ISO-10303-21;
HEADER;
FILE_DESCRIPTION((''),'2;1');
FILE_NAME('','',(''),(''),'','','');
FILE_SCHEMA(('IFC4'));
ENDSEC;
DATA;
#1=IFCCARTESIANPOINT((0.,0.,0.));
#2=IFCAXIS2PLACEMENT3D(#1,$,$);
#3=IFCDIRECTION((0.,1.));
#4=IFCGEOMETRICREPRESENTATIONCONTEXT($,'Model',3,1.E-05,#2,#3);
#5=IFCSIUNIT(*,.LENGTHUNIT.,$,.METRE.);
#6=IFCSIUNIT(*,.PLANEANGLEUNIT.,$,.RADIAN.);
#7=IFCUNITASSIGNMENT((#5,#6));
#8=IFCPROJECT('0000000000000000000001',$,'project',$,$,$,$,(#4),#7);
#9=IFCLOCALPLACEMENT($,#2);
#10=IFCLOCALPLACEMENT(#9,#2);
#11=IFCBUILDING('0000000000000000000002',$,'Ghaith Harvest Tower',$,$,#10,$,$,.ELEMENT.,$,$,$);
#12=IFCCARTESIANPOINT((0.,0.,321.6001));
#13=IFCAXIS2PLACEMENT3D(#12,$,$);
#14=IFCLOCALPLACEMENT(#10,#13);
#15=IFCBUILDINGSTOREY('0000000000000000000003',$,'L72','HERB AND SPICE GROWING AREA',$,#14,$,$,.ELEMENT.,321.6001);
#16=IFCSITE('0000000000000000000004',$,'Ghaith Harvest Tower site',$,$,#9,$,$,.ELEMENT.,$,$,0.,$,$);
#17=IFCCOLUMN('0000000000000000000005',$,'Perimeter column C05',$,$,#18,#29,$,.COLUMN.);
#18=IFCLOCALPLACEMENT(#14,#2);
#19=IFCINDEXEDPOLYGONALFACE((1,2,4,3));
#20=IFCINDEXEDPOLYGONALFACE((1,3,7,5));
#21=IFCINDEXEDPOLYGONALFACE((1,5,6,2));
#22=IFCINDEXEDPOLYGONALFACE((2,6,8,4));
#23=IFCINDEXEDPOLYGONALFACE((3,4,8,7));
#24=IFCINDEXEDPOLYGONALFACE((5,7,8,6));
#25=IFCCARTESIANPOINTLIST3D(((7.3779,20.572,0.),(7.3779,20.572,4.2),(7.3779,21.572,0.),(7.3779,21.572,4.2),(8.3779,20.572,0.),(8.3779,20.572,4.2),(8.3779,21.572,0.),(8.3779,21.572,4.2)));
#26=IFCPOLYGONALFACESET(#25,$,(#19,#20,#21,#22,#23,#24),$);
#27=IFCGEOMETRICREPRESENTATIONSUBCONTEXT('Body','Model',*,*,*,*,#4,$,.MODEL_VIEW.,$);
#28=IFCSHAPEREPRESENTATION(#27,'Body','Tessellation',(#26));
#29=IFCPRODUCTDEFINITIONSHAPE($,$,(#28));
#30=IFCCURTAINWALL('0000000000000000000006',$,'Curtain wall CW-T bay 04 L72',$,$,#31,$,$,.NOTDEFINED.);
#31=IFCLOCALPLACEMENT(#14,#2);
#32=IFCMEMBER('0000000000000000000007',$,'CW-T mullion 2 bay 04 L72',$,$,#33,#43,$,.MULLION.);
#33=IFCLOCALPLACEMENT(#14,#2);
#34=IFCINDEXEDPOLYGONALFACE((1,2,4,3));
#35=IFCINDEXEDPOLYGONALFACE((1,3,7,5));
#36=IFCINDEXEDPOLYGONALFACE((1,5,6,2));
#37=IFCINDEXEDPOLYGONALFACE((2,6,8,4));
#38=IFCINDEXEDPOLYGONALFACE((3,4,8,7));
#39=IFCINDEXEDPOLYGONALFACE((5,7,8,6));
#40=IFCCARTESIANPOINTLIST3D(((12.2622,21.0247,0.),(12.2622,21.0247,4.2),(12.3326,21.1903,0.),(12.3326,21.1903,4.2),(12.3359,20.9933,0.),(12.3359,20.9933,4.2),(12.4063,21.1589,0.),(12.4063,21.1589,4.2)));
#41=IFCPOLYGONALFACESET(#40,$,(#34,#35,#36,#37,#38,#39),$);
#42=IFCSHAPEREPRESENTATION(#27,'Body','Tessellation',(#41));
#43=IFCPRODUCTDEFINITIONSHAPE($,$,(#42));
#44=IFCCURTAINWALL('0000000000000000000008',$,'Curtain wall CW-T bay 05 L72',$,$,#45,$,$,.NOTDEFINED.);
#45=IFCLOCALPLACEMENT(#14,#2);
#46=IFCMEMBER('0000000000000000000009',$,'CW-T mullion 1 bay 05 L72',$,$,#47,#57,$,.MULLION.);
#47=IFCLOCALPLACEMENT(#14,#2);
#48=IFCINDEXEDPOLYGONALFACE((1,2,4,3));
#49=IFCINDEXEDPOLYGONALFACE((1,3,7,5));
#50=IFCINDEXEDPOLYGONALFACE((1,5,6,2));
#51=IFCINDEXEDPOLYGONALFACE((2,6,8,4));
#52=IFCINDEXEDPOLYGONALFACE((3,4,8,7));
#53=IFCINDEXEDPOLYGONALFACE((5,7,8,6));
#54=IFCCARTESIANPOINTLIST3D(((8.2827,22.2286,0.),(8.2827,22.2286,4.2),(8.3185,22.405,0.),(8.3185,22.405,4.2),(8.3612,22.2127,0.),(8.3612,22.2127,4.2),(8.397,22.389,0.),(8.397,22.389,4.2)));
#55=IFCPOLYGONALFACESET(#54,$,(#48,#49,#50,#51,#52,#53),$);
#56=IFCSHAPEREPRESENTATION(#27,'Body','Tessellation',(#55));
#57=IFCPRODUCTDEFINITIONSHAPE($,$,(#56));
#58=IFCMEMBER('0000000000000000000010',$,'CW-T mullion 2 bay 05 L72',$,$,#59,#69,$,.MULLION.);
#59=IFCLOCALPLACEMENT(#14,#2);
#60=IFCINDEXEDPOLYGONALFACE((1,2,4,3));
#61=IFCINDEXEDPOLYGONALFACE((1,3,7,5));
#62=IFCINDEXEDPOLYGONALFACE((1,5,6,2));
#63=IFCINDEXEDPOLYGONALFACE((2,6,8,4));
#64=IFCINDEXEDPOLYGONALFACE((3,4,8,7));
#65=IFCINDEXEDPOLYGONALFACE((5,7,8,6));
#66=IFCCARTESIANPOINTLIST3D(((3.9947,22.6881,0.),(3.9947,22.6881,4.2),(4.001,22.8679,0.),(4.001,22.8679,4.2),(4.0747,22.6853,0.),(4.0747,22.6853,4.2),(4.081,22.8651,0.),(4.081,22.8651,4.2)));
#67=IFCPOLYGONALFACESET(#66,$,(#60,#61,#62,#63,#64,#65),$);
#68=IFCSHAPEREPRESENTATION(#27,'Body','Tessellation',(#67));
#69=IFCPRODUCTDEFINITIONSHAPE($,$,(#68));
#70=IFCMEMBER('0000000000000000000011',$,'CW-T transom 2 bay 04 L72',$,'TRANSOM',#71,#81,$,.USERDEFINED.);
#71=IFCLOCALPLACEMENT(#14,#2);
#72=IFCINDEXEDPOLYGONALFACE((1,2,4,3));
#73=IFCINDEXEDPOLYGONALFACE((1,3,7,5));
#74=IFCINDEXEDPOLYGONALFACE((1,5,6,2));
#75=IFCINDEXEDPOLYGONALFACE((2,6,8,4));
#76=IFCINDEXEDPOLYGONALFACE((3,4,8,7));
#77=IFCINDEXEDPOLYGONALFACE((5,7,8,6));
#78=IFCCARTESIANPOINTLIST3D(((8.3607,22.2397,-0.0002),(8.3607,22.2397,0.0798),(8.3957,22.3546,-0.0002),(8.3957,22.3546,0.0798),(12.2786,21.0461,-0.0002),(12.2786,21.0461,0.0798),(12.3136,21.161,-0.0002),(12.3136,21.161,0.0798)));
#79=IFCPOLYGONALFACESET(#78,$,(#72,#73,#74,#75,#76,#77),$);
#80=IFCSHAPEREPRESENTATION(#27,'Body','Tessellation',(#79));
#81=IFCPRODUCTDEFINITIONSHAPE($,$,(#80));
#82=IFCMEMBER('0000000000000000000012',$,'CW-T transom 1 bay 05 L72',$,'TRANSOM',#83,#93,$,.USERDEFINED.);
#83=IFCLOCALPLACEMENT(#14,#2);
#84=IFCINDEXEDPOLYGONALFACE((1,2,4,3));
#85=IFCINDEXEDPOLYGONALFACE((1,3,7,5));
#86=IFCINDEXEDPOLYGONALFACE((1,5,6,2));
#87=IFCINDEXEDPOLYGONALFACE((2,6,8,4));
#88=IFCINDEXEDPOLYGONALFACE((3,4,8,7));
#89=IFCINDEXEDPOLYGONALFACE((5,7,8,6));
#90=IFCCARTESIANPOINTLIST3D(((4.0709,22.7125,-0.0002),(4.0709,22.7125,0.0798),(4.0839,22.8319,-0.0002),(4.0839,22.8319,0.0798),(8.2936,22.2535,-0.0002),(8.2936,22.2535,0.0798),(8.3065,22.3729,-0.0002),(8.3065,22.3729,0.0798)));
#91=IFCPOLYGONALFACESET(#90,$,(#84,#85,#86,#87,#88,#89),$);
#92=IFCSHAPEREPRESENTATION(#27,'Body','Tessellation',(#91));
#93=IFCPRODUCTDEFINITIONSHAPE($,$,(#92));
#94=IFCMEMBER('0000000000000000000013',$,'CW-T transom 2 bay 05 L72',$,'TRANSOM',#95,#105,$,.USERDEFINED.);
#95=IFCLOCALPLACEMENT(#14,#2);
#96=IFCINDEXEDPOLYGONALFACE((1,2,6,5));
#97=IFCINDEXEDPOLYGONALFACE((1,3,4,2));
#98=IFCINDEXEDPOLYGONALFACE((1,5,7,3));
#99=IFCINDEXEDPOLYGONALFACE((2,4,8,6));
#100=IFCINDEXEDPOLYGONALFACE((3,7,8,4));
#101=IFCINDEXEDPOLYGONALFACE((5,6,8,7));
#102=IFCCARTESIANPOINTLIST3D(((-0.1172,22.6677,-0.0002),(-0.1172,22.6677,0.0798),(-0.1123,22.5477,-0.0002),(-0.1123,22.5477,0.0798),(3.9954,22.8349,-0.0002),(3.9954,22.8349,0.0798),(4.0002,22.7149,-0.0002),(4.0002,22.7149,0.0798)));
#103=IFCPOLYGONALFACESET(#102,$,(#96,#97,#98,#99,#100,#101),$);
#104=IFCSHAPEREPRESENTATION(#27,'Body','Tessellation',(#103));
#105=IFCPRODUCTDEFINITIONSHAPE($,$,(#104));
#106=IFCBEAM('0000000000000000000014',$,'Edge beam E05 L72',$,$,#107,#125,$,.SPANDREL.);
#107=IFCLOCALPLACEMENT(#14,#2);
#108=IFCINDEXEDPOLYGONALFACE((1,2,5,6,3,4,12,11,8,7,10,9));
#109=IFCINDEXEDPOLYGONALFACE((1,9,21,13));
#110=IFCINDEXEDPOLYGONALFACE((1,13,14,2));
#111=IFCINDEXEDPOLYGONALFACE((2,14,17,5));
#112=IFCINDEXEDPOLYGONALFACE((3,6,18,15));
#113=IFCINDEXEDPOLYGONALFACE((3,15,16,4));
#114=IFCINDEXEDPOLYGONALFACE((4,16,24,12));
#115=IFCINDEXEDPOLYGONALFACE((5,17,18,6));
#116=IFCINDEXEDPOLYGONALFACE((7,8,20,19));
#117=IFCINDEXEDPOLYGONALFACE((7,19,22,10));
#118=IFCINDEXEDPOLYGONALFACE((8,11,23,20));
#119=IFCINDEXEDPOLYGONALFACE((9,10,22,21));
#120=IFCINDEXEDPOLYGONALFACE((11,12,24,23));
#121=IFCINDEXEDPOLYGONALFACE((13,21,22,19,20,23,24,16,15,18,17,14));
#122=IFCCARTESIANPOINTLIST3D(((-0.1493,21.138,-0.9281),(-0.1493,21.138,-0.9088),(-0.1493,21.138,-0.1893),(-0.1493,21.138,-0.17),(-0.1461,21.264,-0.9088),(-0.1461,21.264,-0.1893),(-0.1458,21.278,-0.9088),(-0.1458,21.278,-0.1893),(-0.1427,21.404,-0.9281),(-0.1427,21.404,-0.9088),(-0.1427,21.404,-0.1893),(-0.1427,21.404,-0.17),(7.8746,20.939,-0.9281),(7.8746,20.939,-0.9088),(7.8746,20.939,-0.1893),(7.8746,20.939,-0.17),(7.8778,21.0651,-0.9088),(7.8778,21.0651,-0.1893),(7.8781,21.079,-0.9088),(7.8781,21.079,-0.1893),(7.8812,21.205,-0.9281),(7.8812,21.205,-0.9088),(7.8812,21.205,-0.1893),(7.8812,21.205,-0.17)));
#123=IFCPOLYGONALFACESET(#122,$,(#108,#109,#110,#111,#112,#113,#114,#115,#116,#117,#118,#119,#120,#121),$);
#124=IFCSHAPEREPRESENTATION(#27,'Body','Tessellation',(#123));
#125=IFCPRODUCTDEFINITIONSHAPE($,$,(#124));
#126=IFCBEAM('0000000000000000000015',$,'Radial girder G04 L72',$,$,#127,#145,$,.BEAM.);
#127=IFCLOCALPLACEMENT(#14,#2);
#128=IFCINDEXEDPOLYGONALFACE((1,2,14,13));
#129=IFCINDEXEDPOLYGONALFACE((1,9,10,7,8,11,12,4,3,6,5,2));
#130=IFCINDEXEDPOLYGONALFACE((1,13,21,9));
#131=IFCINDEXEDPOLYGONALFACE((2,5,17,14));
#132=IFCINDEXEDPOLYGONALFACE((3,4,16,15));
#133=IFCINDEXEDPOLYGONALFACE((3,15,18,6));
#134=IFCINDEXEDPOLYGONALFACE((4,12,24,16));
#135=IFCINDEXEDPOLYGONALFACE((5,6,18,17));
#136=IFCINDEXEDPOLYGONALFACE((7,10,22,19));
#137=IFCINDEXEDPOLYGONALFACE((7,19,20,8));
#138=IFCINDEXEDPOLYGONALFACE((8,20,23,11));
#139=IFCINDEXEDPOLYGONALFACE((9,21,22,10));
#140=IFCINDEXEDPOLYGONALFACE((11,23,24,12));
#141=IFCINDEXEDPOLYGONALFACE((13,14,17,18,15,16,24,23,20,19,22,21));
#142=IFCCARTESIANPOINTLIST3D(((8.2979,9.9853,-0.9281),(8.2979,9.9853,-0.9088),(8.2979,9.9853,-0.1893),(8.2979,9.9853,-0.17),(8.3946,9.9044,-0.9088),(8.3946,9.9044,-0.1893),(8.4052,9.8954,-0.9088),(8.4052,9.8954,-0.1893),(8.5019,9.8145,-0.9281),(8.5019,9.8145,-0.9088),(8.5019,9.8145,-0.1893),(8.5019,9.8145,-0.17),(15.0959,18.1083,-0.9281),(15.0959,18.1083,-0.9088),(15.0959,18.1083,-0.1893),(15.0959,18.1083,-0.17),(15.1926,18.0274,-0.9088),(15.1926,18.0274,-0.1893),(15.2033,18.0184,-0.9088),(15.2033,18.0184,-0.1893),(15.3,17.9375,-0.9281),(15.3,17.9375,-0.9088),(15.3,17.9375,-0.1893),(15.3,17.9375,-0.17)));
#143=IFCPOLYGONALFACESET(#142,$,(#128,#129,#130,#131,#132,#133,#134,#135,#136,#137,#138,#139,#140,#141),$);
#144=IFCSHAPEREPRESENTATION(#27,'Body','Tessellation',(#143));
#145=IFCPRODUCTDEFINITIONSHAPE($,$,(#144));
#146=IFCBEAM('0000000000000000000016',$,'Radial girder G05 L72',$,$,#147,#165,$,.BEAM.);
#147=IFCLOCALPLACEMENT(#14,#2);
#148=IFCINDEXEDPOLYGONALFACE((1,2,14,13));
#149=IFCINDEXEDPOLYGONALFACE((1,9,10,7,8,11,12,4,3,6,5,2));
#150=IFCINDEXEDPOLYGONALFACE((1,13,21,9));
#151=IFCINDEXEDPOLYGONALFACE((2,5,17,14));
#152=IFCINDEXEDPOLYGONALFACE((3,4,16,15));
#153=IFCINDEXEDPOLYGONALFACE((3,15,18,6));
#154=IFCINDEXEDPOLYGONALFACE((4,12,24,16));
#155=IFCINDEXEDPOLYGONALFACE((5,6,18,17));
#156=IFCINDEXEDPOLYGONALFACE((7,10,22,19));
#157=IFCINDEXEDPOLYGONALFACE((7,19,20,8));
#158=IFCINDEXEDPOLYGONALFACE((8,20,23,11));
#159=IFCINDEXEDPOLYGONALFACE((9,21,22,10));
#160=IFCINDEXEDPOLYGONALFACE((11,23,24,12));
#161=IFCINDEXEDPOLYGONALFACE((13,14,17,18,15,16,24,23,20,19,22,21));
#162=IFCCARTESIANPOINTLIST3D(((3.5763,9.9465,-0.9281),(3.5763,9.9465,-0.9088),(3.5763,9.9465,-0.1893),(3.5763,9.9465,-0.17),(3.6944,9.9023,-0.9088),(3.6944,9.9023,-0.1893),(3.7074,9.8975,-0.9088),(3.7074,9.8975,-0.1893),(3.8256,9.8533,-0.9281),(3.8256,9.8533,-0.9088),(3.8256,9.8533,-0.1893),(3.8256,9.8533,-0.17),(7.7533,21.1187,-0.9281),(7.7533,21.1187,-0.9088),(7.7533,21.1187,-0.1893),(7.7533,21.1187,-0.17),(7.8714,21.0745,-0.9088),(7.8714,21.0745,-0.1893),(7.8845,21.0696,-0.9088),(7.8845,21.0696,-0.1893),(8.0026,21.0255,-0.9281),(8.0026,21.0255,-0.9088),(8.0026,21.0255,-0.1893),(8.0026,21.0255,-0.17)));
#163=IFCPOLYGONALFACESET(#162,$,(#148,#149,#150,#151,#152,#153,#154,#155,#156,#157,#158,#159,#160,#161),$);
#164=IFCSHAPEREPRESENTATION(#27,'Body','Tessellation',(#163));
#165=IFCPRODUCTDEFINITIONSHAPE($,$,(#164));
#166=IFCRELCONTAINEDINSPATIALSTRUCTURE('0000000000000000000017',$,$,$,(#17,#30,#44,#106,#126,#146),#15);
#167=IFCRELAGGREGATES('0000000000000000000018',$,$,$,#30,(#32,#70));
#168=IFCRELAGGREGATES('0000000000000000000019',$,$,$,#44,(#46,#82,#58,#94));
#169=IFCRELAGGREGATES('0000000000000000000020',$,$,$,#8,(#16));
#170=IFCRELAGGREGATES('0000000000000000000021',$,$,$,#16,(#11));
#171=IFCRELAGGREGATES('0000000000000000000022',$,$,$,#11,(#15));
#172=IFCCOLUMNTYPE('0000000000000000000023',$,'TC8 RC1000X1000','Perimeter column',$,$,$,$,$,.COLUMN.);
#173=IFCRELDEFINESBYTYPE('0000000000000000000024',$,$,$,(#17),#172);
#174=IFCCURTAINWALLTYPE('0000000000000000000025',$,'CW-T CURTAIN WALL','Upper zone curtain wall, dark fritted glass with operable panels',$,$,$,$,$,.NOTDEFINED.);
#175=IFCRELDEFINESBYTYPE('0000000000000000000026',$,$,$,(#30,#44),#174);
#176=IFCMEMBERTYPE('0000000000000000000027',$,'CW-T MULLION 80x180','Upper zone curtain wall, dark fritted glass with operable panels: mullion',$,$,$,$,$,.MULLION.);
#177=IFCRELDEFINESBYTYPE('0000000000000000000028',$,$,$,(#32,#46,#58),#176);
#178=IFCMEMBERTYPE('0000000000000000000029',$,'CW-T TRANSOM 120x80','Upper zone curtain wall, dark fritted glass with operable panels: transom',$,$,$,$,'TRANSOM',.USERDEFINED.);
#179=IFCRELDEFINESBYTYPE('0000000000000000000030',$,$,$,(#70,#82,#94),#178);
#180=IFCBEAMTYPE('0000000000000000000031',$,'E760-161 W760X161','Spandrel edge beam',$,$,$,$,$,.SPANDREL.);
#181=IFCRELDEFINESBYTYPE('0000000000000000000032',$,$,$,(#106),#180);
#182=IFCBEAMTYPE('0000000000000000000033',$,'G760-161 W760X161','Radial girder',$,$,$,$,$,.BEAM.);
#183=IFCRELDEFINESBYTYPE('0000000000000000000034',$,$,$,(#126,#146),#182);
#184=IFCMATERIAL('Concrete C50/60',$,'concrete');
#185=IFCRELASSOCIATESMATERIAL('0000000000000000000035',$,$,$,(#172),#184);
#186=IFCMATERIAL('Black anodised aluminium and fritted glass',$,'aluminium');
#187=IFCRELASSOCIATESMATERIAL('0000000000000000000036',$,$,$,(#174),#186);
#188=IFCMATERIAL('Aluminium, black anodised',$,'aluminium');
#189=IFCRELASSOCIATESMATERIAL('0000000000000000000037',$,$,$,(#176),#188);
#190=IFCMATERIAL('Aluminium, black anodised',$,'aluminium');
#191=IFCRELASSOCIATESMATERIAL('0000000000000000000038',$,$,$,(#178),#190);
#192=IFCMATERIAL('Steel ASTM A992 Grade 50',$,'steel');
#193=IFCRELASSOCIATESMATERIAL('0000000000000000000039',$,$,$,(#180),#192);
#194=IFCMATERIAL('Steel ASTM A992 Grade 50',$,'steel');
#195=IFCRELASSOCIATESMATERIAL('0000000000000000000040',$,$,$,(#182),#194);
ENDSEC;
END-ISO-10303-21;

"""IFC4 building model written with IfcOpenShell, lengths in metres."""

from ifc_helpers import new_model, si_unit, direction, frame, origin, origin_2d, place, context, subcontext, project, spatial, rectangle, i_section, extrude, material, material_profile, profile_set, type_object, element, aggregate, save


model = new_model("IFC4")

# Units and contexts
model_context = context("Model", 3, precision=1e-05, world=origin(), true_north=direction((0.0, 1.0)))
body_context = subcontext(model_context, "Body", "Model", "MODEL_VIEW")
ifc_project = project(units=[si_unit("LENGTHUNIT", "METRE"), si_unit("PLANEANGLEUNIT", "RADIAN")], contexts=[model_context])

# Site, building, storey
site_placement = place(None, origin())
site = spatial("IfcSite", under=ifc_project, at=site_placement, Name="Ghaith Harvest Tower site", CompositionType="ELEMENT", RefElevation=0.0)
building_placement = place(site_placement, origin())
building = spatial("IfcBuilding", under=site, at=building_placement, Name="Ghaith Harvest Tower", CompositionType="ELEMENT")
storey_placement = place(building_placement, frame((0.0, 0.0, 321.6001)))
storey = spatial("IfcBuildingStorey", under=building, at=storey_placement, Name="L72", Description="HERB AND SPICE GROWING AREA", CompositionType="ELEMENT", Elevation=321.6001)

# Column
ifc_material_1 = material(Name="Concrete C50/60", Category="concrete")
ifc_material_profile_1 = material_profile(ifc_material_1, rectangle(XDim=1.0, YDim=1.0, at=origin_2d()), Name="RC1000X1000")
ifc_profile_set_1 = profile_set([ifc_material_profile_1], Name="Concrete C50/60")
column_type = type_object("IfcColumnType", Name="TC8 RC1000X1000", Description="Perimeter column", PredefinedType="COLUMN", material=ifc_profile_set_1)
column_placement = place(storey_placement, frame((7.8779, 21.072, 0.0), z_axis=(0.0, 0.0, 1.0), x_axis=(1.0, 0.0, 0.0)))
element("IfcColumn", 1, at=column_placement, inside=storey, type_object=column_type, Name="Perimeter column C05", PredefinedType="COLUMN", context=body_context, shape_type="SweptSolid", body=[
    extrude(rectangle(XDim=1.0, YDim=1.0, at=origin_2d()), origin(), (0.0, 0.0, 1.0), 4.2),
])

# Curtain wall, member
ifc_material_2 = material(Name="Black anodised aluminium and fritted glass", Category="aluminium")
curtain_wall_type = type_object("IfcCurtainWallType", Name="CW-T CURTAIN WALL", Description="Upper zone curtain wall, dark fritted glass with operable panels", PredefinedType="NOTDEFINED", material=ifc_material_2)
curtain_wall_1_placement = place(storey_placement, origin())
curtain_wall_1 = element("IfcCurtainWall", 2, at=curtain_wall_1_placement, inside=storey, type_object=curtain_wall_type, Name="Curtain wall CW-T bay 04 L72", PredefinedType="NOTDEFINED")
ifc_material_3 = material(Name="Aluminium, black anodised", Category="aluminium")
ifc_material_profile_2 = material_profile(ifc_material_3, rectangle(XDim=0.0801, YDim=0.1799, at=origin_2d()), Name="CW-T MULLION 80x180")
ifc_profile_set_2 = profile_set([ifc_material_profile_2], Name="Aluminium, black anodised")
member_type_1 = type_object("IfcMemberType", Name="CW-T MULLION 80x180", Description="Upper zone curtain wall, dark fritted glass with operable panels: mullion", PredefinedType="MULLION", material=ifc_profile_set_2)
member_1_placement = place(storey_placement, frame((12.3342, 21.0918, 0.0), z_axis=(0.0, 0.0, 1.0), x_axis=(-0.920319, 0.391168, 0.0)))
member_1 = element("IfcMember", 3, at=member_1_placement, type_object=member_type_1, Name="CW-T mullion 2 bay 04 L72", PredefinedType="MULLION", context=body_context, shape_type="SweptSolid", body=[
    extrude(rectangle(XDim=0.0801, YDim=0.1799, at=origin_2d()), origin(), (0.0, 0.0, 1.0), 4.2),
])

# Curtain wall, members
curtain_wall_2_placement = place(storey_placement, origin())
curtain_wall_2 = element("IfcCurtainWall", 4, at=curtain_wall_2_placement, inside=storey, type_object=curtain_wall_type, Name="Curtain wall CW-T bay 05 L72", PredefinedType="NOTDEFINED")
member_2_placement = place(storey_placement, frame((8.3398, 22.3088, 0.0), z_axis=(0.0, 0.0, 1.0), x_axis=(-0.98, 0.198997, 0.0)))
member_2 = element("IfcMember", 5, at=member_2_placement, type_object=member_type_1, Name="CW-T mullion 1 bay 05 L72", PredefinedType="MULLION", context=body_context, shape_type="SweptSolid", body=[
    extrude(rectangle(XDim=0.0801, YDim=0.1799, at=origin_2d()), origin(), (0.0, 0.0, 1.0), 4.2),
])
member_3_placement = place(storey_placement, frame((4.0378, 22.7766, 0.0), z_axis=(0.0, 0.0, 1.0), x_axis=(-0.999389, 0.034962, 0.0)))
member_3 = element("IfcMember", 6, at=member_3_placement, type_object=member_type_1, Name="CW-T mullion 2 bay 05 L72", PredefinedType="MULLION", context=body_context, shape_type="SweptSolid", body=[
    extrude(rectangle(XDim=0.0801, YDim=0.1799, at=origin_2d()), origin(), (0.0, 0.0, 1.0), 4.2),
])

# Members
ifc_material_4 = material(Name="Aluminium, black anodised", Category="aluminium")
ifc_material_profile_3 = material_profile(ifc_material_4, rectangle(XDim=0.1201, YDim=0.0801, at=origin_2d()), Name="CW-T TRANSOM 120x80")
ifc_profile_set_3 = profile_set([ifc_material_profile_3], Name="Aluminium, black anodised")
member_type_2 = type_object("IfcMemberType", Name="CW-T TRANSOM 120x80", Description="Upper zone curtain wall, dark fritted glass with operable panels: transom", ElementType="TRANSOM", PredefinedType="USERDEFINED", material=ifc_profile_set_3)
member_4_placement = place(storey_placement, frame((12.2961, 21.1035, 0.0398), z_axis=(-0.956594, 0.291425, 0.0), x_axis=(-0.291425, -0.956594, 0.0)))
member_4 = element("IfcMember", 7, at=member_4_placement, type_object=member_type_2, Name="CW-T transom 2 bay 04 L72", ObjectType="TRANSOM", PredefinedType="USERDEFINED", context=body_context, shape_type="SweptSolid", body=[
    extrude(rectangle(XDim=0.1201, YDim=0.0801, at=origin_2d()), origin(), (0.0, 0.0, 1.0), 4.0957),
])
member_5_placement = place(storey_placement, frame((8.3, 22.3132, 0.0398), z_axis=(-0.994144, 0.108059, 0.0), x_axis=(-0.108059, -0.994144, 0.0)))
member_5 = element("IfcMember", 8, at=member_5_placement, type_object=member_type_2, Name="CW-T transom 1 bay 05 L72", ObjectType="TRANSOM", PredefinedType="USERDEFINED", context=body_context, shape_type="SweptSolid", body=[
    extrude(rectangle(XDim=0.1201, YDim=0.0801, at=origin_2d()), origin(), (0.0, 0.0, 1.0), 4.2476),
])
member_6_placement = place(storey_placement, frame((3.9978, 22.7749, 0.0398), z_axis=(-0.999174, -0.040631, 0.0), x_axis=(0.040631, -0.999174, 0.0)))
member_6 = element("IfcMember", 9, at=member_6_placement, type_object=member_type_2, Name="CW-T transom 2 bay 05 L72", ObjectType="TRANSOM", PredefinedType="USERDEFINED", context=body_context, shape_type="SweptSolid", body=[
    extrude(rectangle(XDim=0.1201, YDim=0.0801, at=origin_2d()), origin(), (0.0, 0.0, 1.0), 4.116),
])

# Beams
ifc_material_5 = material(Name="Steel ASTM A992 Grade 50", Category="steel")
ifc_material_profile_4 = material_profile(ifc_material_5, i_section(OverallWidth=0.2661, OverallDepth=0.7581, WebThickness=0.0139, FlangeThickness=0.0193, at=origin_2d()), Name="W760X161")
ifc_profile_set_4 = profile_set([ifc_material_profile_4], Name="Steel ASTM A992 Grade 50")
beam_type_1 = type_object("IfcBeamType", Name="E760-161 W760X161", Description="Spandrel edge beam", PredefinedType="SPANDREL", material=ifc_profile_set_4)
beam_1_placement = place(storey_placement, frame((7.8779, 21.072, -0.5491), z_axis=(-0.999693, 0.02479, 0.0), x_axis=(-0.02479, -0.999693, 0.0)))
element("IfcBeam", 10, at=beam_1_placement, inside=storey, type_object=beam_type_1, Name="Edge beam E05 L72", PredefinedType="SPANDREL", context=body_context, shape_type="SweptSolid", body=[
    extrude(i_section(OverallWidth=0.2661, OverallDepth=0.7581, WebThickness=0.0139, FlangeThickness=0.0193, at=origin_2d()), origin(), (0.0, 0.0, 1.0), 8.0264),
])
ifc_material_6 = material(Name="Steel ASTM A992 Grade 50", Category="steel")
ifc_material_profile_5 = material_profile(ifc_material_6, i_section(OverallWidth=0.2661, OverallDepth=0.7581, WebThickness=0.0139, FlangeThickness=0.0193, at=origin_2d()), Name="W760X161")
ifc_profile_set_5 = profile_set([ifc_material_profile_5], Name="Steel ASTM A992 Grade 50")
beam_type_2 = type_object("IfcBeamType", Name="G760-161 W760X161", Description="Radial girder", PredefinedType="BEAM", material=ifc_profile_set_5)
beam_2_placement = place(storey_placement, frame((8.3999, 9.8999, -0.5491), z_axis=(0.641793, 0.766878, 0.0), x_axis=(-0.766878, 0.641793, 0.0)))
element("IfcBeam", 11, at=beam_2_placement, inside=storey, type_object=beam_type_2, Name="Radial girder G04 L72", PredefinedType="BEAM", context=body_context, shape_type="SweptSolid", body=[
    extrude(i_section(OverallWidth=0.2661, OverallDepth=0.7581, WebThickness=0.0139, FlangeThickness=0.0193, at=origin_2d()), origin(), (0.0, 0.0, 1.0), 10.5923),
])
beam_3_placement = place(storey_placement, frame((3.7009, 9.8999, -0.5491), z_axis=(0.350201, 0.936674, 0.0), x_axis=(-0.936674, 0.350201, 0.0)))
element("IfcBeam", 12, at=beam_3_placement, inside=storey, type_object=beam_type_2, Name="Radial girder G05 L72", PredefinedType="BEAM", context=body_context, shape_type="SweptSolid", body=[
    extrude(i_section(OverallWidth=0.2661, OverallDepth=0.7581, WebThickness=0.0139, FlangeThickness=0.0193, at=origin_2d()), origin(), (0.0, 0.0, 1.0), 11.9275),
])

aggregate(curtain_wall_1, [member_1, member_4])
aggregate(curtain_wall_2, [member_2, member_5, member_3, member_6])

save(model, "model.ifc")
